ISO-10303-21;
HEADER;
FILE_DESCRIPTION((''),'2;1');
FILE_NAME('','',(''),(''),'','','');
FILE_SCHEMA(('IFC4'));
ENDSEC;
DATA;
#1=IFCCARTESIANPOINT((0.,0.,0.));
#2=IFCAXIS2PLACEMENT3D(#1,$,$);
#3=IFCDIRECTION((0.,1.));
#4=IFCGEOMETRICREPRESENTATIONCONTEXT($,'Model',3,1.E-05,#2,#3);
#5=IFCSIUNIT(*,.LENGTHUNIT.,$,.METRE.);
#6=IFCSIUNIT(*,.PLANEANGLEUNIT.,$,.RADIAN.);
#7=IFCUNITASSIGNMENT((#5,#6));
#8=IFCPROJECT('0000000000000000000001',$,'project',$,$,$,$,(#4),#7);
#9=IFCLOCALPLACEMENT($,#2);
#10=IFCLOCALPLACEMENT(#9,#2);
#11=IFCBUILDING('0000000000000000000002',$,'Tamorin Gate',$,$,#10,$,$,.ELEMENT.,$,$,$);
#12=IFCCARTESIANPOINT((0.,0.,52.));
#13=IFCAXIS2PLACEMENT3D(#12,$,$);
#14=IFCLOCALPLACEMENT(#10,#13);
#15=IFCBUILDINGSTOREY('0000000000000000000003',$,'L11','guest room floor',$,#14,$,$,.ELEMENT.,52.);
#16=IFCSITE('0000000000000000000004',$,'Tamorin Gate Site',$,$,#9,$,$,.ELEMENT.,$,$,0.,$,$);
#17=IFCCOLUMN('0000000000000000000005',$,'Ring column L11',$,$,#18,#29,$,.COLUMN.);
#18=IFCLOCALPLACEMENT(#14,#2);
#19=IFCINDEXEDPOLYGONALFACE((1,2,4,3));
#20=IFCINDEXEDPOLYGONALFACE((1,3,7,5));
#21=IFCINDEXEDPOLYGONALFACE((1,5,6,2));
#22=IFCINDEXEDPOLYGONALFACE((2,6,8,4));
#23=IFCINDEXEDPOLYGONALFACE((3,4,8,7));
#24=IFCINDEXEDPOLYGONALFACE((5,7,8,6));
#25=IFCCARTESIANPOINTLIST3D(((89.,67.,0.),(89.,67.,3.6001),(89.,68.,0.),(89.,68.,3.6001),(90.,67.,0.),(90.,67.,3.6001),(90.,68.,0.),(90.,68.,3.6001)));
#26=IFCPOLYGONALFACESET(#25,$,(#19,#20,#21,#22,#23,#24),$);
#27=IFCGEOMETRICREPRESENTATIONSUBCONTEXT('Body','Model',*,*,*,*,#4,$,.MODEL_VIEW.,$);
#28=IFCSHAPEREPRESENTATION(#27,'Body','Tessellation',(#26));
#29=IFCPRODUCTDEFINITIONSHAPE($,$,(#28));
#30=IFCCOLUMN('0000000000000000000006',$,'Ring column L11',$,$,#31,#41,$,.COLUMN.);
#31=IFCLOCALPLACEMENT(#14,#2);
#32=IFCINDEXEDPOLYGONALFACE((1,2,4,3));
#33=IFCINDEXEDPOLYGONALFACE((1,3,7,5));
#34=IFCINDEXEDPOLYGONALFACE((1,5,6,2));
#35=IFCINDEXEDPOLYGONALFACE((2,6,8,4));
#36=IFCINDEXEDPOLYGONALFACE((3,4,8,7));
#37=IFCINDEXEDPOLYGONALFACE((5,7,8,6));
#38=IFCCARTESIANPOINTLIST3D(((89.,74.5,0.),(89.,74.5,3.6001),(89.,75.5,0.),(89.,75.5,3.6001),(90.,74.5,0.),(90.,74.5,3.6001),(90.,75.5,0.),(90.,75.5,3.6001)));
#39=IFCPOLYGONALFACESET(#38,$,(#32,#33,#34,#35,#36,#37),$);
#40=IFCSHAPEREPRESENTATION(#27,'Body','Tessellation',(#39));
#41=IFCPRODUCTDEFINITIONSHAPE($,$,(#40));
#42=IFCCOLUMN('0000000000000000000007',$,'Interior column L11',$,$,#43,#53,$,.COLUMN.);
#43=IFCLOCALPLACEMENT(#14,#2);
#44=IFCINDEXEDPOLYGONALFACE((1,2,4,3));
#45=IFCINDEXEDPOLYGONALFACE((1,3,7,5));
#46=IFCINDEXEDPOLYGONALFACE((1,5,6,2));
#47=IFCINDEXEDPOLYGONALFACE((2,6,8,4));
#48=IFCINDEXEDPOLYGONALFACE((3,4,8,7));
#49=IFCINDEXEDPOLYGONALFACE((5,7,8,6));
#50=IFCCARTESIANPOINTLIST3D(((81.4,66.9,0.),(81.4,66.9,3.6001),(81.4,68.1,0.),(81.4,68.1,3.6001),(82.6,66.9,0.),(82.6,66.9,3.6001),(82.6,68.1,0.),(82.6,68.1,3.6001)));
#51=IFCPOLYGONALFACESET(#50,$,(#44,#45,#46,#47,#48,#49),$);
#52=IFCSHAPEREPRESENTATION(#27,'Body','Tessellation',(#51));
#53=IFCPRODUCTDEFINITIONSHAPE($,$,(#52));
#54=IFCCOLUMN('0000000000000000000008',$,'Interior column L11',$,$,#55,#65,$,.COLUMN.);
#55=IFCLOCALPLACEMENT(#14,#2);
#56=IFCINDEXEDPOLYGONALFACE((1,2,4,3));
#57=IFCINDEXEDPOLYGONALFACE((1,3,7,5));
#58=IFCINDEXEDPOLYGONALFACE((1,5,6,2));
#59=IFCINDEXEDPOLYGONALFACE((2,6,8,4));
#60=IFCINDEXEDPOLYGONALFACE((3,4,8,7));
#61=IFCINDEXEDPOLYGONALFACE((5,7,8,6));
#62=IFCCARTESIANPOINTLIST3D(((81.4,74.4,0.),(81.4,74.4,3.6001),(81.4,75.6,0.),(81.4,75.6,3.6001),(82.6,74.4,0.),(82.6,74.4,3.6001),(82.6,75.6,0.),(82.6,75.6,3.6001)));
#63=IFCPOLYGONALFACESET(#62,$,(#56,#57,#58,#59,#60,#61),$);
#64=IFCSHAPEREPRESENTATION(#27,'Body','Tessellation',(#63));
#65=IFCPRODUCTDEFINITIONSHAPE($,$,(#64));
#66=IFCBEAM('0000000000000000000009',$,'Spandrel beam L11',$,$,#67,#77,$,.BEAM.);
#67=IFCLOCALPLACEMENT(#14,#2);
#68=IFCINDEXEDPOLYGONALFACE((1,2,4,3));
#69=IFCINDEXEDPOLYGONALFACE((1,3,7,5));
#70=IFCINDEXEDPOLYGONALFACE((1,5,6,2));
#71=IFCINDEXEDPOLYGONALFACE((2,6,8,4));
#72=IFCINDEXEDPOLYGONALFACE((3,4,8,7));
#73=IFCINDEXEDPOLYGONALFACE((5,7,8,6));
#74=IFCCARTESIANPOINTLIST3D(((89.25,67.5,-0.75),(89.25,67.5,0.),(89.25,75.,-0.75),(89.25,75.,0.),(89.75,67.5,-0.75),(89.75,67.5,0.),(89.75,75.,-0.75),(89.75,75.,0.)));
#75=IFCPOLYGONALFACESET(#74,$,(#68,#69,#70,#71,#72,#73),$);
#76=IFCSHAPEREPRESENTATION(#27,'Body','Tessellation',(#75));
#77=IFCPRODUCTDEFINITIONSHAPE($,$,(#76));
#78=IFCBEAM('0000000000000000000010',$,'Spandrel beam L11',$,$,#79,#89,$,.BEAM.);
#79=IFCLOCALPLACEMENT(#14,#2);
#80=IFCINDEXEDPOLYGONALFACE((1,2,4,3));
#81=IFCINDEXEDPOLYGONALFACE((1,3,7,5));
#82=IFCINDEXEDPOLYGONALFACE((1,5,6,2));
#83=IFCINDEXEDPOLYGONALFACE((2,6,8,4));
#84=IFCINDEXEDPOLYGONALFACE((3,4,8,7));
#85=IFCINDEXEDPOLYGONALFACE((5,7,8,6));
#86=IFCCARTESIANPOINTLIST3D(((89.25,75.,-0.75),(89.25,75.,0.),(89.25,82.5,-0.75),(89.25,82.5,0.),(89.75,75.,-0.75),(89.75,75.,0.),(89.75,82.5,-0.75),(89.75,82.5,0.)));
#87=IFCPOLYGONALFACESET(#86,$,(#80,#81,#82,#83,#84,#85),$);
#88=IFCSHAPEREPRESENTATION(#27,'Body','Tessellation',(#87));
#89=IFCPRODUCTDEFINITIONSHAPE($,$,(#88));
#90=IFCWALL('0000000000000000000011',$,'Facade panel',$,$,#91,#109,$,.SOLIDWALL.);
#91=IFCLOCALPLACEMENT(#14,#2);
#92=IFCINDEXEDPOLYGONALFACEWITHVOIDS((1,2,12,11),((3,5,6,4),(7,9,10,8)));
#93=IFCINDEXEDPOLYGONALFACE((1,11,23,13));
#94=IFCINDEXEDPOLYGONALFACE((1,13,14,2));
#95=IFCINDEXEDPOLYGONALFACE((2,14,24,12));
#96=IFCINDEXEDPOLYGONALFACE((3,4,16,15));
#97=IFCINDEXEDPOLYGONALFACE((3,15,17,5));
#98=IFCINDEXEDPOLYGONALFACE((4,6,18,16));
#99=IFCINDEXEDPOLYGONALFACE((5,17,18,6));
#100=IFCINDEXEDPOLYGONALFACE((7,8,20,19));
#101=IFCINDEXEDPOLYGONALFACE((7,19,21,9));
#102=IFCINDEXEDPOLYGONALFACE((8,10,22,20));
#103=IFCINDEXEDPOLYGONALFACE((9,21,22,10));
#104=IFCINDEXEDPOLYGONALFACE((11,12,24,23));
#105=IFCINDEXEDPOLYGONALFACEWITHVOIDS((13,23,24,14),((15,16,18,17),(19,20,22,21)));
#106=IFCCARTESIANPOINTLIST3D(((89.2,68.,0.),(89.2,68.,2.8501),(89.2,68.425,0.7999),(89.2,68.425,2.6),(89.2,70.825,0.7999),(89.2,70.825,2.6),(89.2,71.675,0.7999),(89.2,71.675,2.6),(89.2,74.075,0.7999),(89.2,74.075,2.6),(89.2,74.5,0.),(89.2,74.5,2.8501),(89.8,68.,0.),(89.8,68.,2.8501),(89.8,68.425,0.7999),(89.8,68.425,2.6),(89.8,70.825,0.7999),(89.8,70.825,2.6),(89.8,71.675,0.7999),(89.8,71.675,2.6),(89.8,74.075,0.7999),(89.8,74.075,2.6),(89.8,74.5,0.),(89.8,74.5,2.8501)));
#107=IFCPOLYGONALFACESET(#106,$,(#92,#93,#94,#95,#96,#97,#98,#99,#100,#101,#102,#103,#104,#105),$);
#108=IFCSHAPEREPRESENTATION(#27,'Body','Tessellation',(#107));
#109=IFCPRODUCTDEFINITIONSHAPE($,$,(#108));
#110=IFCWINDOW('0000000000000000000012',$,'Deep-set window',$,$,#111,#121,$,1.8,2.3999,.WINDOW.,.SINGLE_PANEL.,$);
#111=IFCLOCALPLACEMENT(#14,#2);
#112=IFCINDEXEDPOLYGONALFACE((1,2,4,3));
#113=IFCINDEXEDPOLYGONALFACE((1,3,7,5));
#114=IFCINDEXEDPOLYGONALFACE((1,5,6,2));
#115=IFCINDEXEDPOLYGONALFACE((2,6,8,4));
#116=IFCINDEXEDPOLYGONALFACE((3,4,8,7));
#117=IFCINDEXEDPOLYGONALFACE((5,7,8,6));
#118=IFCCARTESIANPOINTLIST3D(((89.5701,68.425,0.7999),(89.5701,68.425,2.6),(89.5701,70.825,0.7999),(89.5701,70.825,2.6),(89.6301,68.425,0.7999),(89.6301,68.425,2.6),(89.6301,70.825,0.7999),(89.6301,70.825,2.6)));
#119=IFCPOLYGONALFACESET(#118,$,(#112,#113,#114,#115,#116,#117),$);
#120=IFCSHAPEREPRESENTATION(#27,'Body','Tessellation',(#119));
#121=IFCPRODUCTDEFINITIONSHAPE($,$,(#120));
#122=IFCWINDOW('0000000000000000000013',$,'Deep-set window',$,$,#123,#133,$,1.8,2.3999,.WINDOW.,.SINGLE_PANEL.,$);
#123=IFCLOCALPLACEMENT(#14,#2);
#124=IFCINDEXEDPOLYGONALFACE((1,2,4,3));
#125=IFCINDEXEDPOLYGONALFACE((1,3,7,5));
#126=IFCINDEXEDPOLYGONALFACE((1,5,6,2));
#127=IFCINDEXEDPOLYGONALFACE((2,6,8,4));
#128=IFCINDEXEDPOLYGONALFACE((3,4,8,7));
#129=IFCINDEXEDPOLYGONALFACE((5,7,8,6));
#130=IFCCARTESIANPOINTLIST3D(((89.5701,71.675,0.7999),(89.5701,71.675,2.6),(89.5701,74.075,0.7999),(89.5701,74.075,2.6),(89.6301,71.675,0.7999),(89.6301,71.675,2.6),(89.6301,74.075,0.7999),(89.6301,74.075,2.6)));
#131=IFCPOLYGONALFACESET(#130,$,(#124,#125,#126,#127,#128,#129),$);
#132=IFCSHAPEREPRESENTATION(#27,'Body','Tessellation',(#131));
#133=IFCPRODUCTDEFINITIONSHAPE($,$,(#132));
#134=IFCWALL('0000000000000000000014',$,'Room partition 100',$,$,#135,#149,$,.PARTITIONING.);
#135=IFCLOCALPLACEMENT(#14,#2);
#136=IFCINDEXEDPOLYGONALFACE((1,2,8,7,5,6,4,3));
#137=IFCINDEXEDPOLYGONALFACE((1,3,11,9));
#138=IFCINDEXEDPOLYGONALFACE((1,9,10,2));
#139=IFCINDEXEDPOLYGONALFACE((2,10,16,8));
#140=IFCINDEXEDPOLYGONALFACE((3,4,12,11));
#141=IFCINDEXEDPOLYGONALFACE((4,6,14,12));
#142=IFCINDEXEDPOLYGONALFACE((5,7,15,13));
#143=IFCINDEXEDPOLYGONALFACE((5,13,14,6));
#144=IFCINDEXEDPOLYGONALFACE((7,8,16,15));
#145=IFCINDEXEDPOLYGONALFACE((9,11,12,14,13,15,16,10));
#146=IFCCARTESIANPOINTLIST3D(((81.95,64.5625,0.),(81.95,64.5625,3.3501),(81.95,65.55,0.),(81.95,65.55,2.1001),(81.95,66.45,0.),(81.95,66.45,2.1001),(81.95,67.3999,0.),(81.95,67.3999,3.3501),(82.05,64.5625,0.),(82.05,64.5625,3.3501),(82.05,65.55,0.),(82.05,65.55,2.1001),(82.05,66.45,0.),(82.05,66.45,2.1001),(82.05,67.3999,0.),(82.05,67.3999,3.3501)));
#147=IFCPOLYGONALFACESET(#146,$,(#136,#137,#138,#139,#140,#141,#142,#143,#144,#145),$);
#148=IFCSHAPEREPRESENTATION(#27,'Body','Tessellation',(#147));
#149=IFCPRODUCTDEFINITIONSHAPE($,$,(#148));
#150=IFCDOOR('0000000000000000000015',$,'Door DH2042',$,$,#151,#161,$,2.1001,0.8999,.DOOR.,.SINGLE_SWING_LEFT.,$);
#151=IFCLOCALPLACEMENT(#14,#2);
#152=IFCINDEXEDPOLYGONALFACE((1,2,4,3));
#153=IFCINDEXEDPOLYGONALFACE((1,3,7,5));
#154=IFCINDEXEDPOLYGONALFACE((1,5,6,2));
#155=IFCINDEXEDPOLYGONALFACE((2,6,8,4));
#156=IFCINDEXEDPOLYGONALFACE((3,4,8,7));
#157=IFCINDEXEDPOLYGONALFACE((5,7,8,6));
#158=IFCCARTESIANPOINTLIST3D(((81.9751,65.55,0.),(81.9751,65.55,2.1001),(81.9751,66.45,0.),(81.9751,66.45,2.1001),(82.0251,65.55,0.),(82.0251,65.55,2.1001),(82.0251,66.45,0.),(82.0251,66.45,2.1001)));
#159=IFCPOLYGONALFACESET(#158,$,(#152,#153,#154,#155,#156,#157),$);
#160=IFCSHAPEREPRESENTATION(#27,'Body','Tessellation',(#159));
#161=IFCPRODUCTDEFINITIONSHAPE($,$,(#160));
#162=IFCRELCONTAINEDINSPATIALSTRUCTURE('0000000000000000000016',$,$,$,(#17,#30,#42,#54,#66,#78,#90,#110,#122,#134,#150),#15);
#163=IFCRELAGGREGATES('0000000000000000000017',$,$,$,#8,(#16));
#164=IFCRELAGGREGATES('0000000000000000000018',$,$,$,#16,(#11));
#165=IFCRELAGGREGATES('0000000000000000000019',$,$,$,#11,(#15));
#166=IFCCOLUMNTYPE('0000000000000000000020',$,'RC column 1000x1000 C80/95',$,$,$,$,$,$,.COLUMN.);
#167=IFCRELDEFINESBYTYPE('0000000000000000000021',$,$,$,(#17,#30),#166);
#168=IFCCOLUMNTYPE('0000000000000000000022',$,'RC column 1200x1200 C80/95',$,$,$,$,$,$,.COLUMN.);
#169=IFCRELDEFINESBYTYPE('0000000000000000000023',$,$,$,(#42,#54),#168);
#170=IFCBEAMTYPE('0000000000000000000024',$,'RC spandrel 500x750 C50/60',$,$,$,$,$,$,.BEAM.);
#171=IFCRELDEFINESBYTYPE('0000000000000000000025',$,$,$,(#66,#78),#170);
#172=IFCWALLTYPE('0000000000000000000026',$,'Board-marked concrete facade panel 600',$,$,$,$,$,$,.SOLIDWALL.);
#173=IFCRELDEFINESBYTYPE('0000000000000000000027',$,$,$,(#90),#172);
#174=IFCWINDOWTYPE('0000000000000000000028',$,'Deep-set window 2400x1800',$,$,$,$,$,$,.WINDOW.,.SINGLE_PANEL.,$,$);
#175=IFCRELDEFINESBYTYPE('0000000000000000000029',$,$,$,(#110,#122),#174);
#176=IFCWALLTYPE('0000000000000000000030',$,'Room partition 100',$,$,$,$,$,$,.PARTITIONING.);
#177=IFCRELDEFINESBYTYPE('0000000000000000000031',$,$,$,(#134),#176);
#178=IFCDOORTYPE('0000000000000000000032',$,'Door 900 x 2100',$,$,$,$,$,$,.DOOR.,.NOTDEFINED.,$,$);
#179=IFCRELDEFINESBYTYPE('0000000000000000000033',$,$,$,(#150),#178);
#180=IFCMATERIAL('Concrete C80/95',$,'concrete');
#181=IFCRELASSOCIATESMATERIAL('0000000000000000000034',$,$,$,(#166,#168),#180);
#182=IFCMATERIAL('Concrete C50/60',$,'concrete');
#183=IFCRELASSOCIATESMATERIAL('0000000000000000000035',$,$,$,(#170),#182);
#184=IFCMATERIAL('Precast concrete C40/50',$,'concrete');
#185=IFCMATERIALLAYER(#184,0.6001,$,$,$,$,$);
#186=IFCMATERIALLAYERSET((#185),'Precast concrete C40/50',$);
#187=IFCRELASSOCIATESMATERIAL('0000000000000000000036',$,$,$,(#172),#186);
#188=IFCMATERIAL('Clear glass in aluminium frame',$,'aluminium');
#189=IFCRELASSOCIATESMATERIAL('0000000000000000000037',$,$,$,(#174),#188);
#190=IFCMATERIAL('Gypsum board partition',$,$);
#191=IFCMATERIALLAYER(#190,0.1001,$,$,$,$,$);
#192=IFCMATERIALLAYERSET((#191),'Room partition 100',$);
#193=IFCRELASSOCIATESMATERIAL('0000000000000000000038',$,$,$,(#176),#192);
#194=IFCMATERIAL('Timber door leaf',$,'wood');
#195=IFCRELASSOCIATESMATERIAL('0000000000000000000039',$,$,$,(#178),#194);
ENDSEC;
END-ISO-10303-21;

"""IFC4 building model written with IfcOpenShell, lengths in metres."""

from ifc_helpers import new_model, si_unit, direction, frame, frame_2d, origin, origin_2d, place, context, subcontext, project, spatial, rectangle, extrude, material, layer, layer_set, material_profile, profile_set, type_object, element, fill, save


model = new_model("IFC4")

# Units and contexts
model_context = context("Model", 3, precision=1e-05, world=origin(), true_north=direction((0.0, 1.0)))
body_context = subcontext(model_context, "Body", "Model", "MODEL_VIEW")
ifc_project = project(units=[si_unit("LENGTHUNIT", "METRE"), si_unit("PLANEANGLEUNIT", "RADIAN")], contexts=[model_context])

# Site, building, storey
site_placement = place(None, origin())
site = spatial("IfcSite", under=ifc_project, at=site_placement, Name="Tamorin Gate Site", CompositionType="ELEMENT", RefElevation=0.0)
building_placement = place(site_placement, origin())
building = spatial("IfcBuilding", under=site, at=building_placement, Name="Tamorin Gate", CompositionType="ELEMENT")
storey_placement = place(building_placement, frame((0.0, 0.0, 52.0)))
storey = spatial("IfcBuildingStorey", under=building, at=storey_placement, Name="L11", Description="guest room floor", CompositionType="ELEMENT", Elevation=52.0)

# Columns
ifc_material_1 = material(Name="Concrete C80/95", Category="concrete")
ifc_material_profile_1 = material_profile(ifc_material_1, rectangle(XDim=1.0, YDim=1.0, at=origin_2d()), Name="RC 1000x1000")
ifc_profile_set_1 = profile_set([ifc_material_profile_1], Name="Concrete C80/95")
column_type_1 = type_object("IfcColumnType", Name="RC column 1000x1000 C80/95", PredefinedType="COLUMN", material=ifc_profile_set_1)
for number, where, z_axis, x_axis, name in (
    (1, (89.5, 67.5, 0.0), (0.0, 0.0, 1.0), (1.0, 0.0, 0.0), "Ring column L11"),
    (2, (89.5, 75.0, 0.0), (0.0, 0.0, 1.0), (1.0, 0.0, 0.0), "Ring column L11"),
):
    element("IfcColumn", number, at=place(storey_placement, frame(where, z_axis=z_axis, x_axis=x_axis)), inside=storey, type_object=column_type_1, Name=name, PredefinedType="COLUMN", context=body_context, shape_type="SweptSolid", body=[
        extrude(rectangle(XDim=1.0, YDim=1.0, at=origin_2d()), origin(), (0.0, 0.0, 1.0), 3.6001),
    ])
ifc_material_profile_2 = material_profile(ifc_material_1, rectangle(XDim=1.2, YDim=1.2, at=origin_2d()), Name="RC 1200x1200")
ifc_profile_set_2 = profile_set([ifc_material_profile_2], Name="Concrete C80/95")
column_type_2 = type_object("IfcColumnType", Name="RC column 1200x1200 C80/95", PredefinedType="COLUMN", material=ifc_profile_set_2)
for number, where, z_axis, x_axis, name in (
    (3, (82.0, 67.5, 0.0), (0.0, 0.0, 1.0), (1.0, 0.0, 0.0), "Interior column L11"),
    (4, (82.0, 75.0, 0.0), (0.0, 0.0, 1.0), (1.0, 0.0, 0.0), "Interior column L11"),
):
    element("IfcColumn", number, at=place(storey_placement, frame(where, z_axis=z_axis, x_axis=x_axis)), inside=storey, type_object=column_type_2, Name=name, PredefinedType="COLUMN", context=body_context, shape_type="SweptSolid", body=[
        extrude(rectangle(XDim=1.2, YDim=1.2, at=origin_2d()), origin(), (0.0, 0.0, 1.0), 3.6001),
    ])

# Beams
ifc_material_2 = material(Name="Concrete C50/60", Category="concrete")
ifc_material_profile_3 = material_profile(ifc_material_2, rectangle(XDim=0.5, YDim=0.75, at=origin_2d()), Name="RC 500x750")
ifc_profile_set_3 = profile_set([ifc_material_profile_3], Name="Concrete C50/60")
beam_type = type_object("IfcBeamType", Name="RC spandrel 500x750 C50/60", PredefinedType="BEAM", material=ifc_profile_set_3)
for number, where, z_axis, x_axis, name in (
    (5, (89.5, 67.5, -0.375), (0.0, 1.0, 0.0), (-1.0, 0.0, 0.0), "Spandrel beam L11"),
    (6, (89.5, 75.0, -0.375), (0.0, 1.0, 0.0), (-1.0, 0.0, 0.0), "Spandrel beam L11"),
):
    element("IfcBeam", number, at=place(storey_placement, frame(where, z_axis=z_axis, x_axis=x_axis)), inside=storey, type_object=beam_type, Name=name, PredefinedType="BEAM", context=body_context, shape_type="SweptSolid", body=[
        extrude(rectangle(XDim=0.5, YDim=0.75, at=origin_2d()), origin(), (0.0, 0.0, 1.0), 7.5),
    ])

# Wall, openings, windows
ifc_material_3 = material(Name="Precast concrete C40/50", Category="concrete")
ifc_layer_1 = layer(ifc_material_3, 0.6001)
ifc_layer_set_1 = layer_set([ifc_layer_1], Name="Precast concrete C40/50")
wall_type_1 = type_object("IfcWallType", Name="Board-marked concrete facade panel 600", PredefinedType="SOLIDWALL", material=ifc_layer_set_1)
wall_1_placement = place(storey_placement, frame((89.5, 68.0, 0.0), z_axis=(0.0, 0.0, 1.0), x_axis=(0.0, 1.0, 0.0)))
wall_1 = element("IfcWall", 7, at=wall_1_placement, inside=storey, type_object=wall_type_1, Name="Facade panel", PredefinedType="SOLIDWALL", context=body_context, shape_type="SweptSolid", body=[
    extrude(rectangle(XDim=6.5, YDim=0.6001, at=frame_2d((3.25, 0.0))), origin(), (0.0, 0.0, 1.0), 2.8501),
])
opening_1_placement = place(wall_1_placement, frame((0.425, 0.0, 0.8)))
opening_1 = element("IfcOpeningElement", 8, at=opening_1_placement, cuts=wall_1, PredefinedType="OPENING", context=body_context, shape_type="SweptSolid", body=[
    extrude(rectangle(XDim=2.3999, YDim=1.8, at=frame_2d((1.2, 0.8999))), frame((0.0, 0.3101, 0.0), z_axis=(0.0, -1.0, 0.0), x_axis=(1.0, 0.0, 0.0)), (0.0, 0.0, 1.0), 0.6201),
])
opening_2_placement = place(wall_1_placement, frame((3.675, 0.0, 0.8)))
opening_2 = element("IfcOpeningElement", 9, at=opening_2_placement, cuts=wall_1, PredefinedType="OPENING", context=body_context, shape_type="SweptSolid", body=[
    extrude(rectangle(XDim=2.3999, YDim=1.8, at=frame_2d((1.2, 0.8999))), frame((0.0, 0.3101, 0.0), z_axis=(0.0, -1.0, 0.0), x_axis=(1.0, 0.0, 0.0)), (0.0, 0.0, 1.0), 0.6201),
])
ifc_material_4 = material(Name="Clear glass in aluminium frame", Category="aluminium")
window_type = type_object("IfcWindowType", Name="Deep-set window 2400x1800", PartitioningType="SINGLE_PANEL", PredefinedType="WINDOW", material=ifc_material_4)
window_1_placement = place(opening_1_placement, origin())
window_1 = element("IfcWindow", 10, at=window_1_placement, inside=storey, type_object=window_type, Name="Deep-set window", OverallHeight=1.8, OverallWidth=2.3999, PartitioningType="SINGLE_PANEL", PredefinedType="WINDOW", context=body_context, shape_type="SweptSolid", body=[
    extrude(rectangle(XDim=2.3999, YDim=1.8, at=frame_2d((1.2, 0.8999))), frame((0.0, -0.0701, 0.0), z_axis=(0.0, -1.0, 0.0), x_axis=(1.0, 0.0, 0.0)), (0.0, 0.0, 1.0), 0.0601),
])
fill(opening_1, window_1)
window_2_placement = place(opening_2_placement, origin())
window_2 = element("IfcWindow", 11, at=window_2_placement, inside=storey, type_object=window_type, Name="Deep-set window", OverallHeight=1.8, OverallWidth=2.3999, PartitioningType="SINGLE_PANEL", PredefinedType="WINDOW", context=body_context, shape_type="SweptSolid", body=[
    extrude(rectangle(XDim=2.3999, YDim=1.8, at=frame_2d((1.2, 0.8999))), frame((0.0, -0.0701, 0.0), z_axis=(0.0, -1.0, 0.0), x_axis=(1.0, 0.0, 0.0)), (0.0, 0.0, 1.0), 0.0601),
])
fill(opening_2, window_2)

# Wall, opening, door
ifc_material_5 = material(Name="Gypsum board partition")
ifc_layer_2 = layer(ifc_material_5, 0.1001)
ifc_layer_set_2 = layer_set([ifc_layer_2], Name="Room partition 100")
wall_type_2 = type_object("IfcWallType", Name="Room partition 100", PredefinedType="PARTITIONING", material=ifc_layer_set_2)
wall_2_placement = place(storey_placement, frame((82.0, 64.5625, 0.0), z_axis=(0.0, 0.0, 1.0), x_axis=(0.0, 1.0, 0.0)))
wall_2 = element("IfcWall", 12, at=wall_2_placement, inside=storey, type_object=wall_type_2, Name="Room partition 100", PredefinedType="PARTITIONING", context=body_context, shape_type="SweptSolid", body=[
    extrude(rectangle(XDim=2.8374, YDim=0.1001, at=frame_2d((1.4187, 0.0))), origin(), (0.0, 0.0, 1.0), 3.3501),
])
opening_3_placement = place(wall_2_placement, frame((0.9875, 0.0, 0.0)))
opening_3 = element("IfcOpeningElement", 13, at=opening_3_placement, cuts=wall_2, PredefinedType="OPENING", context=body_context, shape_type="SweptSolid", body=[
    extrude(rectangle(XDim=0.8999, YDim=2.1001, at=frame_2d((0.45, 1.05))), frame((0.0, 0.0601, 0.0), z_axis=(0.0, -1.0, 0.0), x_axis=(1.0, 0.0, 0.0)), (0.0, 0.0, 1.0), 0.1201),
])
ifc_material_6 = material(Name="Timber door leaf", Category="wood")
door_type = type_object("IfcDoorType", Name="Door 900 x 2100", OperationType="NOTDEFINED", PredefinedType="DOOR", material=ifc_material_6)
door_1_placement = place(opening_3_placement, origin())
door_1 = element("IfcDoor", 14, at=door_1_placement, inside=storey, type_object=door_type, Name="Door DH2042", OperationType="SINGLE_SWING_LEFT", OverallHeight=2.1001, OverallWidth=0.8999, PredefinedType="DOOR", context=body_context, shape_type="SweptSolid", body=[
    extrude(rectangle(XDim=0.8999, YDim=2.1001, at=frame_2d((0.45, 1.05))), frame((0.0, 0.0249, 0.0), z_axis=(0.0, -1.0, 0.0), x_axis=(1.0, 0.0, 0.0)), (0.0, 0.0, 1.0), 0.05),
])
fill(opening_3, door_1)

save(model, "model.ifc")
